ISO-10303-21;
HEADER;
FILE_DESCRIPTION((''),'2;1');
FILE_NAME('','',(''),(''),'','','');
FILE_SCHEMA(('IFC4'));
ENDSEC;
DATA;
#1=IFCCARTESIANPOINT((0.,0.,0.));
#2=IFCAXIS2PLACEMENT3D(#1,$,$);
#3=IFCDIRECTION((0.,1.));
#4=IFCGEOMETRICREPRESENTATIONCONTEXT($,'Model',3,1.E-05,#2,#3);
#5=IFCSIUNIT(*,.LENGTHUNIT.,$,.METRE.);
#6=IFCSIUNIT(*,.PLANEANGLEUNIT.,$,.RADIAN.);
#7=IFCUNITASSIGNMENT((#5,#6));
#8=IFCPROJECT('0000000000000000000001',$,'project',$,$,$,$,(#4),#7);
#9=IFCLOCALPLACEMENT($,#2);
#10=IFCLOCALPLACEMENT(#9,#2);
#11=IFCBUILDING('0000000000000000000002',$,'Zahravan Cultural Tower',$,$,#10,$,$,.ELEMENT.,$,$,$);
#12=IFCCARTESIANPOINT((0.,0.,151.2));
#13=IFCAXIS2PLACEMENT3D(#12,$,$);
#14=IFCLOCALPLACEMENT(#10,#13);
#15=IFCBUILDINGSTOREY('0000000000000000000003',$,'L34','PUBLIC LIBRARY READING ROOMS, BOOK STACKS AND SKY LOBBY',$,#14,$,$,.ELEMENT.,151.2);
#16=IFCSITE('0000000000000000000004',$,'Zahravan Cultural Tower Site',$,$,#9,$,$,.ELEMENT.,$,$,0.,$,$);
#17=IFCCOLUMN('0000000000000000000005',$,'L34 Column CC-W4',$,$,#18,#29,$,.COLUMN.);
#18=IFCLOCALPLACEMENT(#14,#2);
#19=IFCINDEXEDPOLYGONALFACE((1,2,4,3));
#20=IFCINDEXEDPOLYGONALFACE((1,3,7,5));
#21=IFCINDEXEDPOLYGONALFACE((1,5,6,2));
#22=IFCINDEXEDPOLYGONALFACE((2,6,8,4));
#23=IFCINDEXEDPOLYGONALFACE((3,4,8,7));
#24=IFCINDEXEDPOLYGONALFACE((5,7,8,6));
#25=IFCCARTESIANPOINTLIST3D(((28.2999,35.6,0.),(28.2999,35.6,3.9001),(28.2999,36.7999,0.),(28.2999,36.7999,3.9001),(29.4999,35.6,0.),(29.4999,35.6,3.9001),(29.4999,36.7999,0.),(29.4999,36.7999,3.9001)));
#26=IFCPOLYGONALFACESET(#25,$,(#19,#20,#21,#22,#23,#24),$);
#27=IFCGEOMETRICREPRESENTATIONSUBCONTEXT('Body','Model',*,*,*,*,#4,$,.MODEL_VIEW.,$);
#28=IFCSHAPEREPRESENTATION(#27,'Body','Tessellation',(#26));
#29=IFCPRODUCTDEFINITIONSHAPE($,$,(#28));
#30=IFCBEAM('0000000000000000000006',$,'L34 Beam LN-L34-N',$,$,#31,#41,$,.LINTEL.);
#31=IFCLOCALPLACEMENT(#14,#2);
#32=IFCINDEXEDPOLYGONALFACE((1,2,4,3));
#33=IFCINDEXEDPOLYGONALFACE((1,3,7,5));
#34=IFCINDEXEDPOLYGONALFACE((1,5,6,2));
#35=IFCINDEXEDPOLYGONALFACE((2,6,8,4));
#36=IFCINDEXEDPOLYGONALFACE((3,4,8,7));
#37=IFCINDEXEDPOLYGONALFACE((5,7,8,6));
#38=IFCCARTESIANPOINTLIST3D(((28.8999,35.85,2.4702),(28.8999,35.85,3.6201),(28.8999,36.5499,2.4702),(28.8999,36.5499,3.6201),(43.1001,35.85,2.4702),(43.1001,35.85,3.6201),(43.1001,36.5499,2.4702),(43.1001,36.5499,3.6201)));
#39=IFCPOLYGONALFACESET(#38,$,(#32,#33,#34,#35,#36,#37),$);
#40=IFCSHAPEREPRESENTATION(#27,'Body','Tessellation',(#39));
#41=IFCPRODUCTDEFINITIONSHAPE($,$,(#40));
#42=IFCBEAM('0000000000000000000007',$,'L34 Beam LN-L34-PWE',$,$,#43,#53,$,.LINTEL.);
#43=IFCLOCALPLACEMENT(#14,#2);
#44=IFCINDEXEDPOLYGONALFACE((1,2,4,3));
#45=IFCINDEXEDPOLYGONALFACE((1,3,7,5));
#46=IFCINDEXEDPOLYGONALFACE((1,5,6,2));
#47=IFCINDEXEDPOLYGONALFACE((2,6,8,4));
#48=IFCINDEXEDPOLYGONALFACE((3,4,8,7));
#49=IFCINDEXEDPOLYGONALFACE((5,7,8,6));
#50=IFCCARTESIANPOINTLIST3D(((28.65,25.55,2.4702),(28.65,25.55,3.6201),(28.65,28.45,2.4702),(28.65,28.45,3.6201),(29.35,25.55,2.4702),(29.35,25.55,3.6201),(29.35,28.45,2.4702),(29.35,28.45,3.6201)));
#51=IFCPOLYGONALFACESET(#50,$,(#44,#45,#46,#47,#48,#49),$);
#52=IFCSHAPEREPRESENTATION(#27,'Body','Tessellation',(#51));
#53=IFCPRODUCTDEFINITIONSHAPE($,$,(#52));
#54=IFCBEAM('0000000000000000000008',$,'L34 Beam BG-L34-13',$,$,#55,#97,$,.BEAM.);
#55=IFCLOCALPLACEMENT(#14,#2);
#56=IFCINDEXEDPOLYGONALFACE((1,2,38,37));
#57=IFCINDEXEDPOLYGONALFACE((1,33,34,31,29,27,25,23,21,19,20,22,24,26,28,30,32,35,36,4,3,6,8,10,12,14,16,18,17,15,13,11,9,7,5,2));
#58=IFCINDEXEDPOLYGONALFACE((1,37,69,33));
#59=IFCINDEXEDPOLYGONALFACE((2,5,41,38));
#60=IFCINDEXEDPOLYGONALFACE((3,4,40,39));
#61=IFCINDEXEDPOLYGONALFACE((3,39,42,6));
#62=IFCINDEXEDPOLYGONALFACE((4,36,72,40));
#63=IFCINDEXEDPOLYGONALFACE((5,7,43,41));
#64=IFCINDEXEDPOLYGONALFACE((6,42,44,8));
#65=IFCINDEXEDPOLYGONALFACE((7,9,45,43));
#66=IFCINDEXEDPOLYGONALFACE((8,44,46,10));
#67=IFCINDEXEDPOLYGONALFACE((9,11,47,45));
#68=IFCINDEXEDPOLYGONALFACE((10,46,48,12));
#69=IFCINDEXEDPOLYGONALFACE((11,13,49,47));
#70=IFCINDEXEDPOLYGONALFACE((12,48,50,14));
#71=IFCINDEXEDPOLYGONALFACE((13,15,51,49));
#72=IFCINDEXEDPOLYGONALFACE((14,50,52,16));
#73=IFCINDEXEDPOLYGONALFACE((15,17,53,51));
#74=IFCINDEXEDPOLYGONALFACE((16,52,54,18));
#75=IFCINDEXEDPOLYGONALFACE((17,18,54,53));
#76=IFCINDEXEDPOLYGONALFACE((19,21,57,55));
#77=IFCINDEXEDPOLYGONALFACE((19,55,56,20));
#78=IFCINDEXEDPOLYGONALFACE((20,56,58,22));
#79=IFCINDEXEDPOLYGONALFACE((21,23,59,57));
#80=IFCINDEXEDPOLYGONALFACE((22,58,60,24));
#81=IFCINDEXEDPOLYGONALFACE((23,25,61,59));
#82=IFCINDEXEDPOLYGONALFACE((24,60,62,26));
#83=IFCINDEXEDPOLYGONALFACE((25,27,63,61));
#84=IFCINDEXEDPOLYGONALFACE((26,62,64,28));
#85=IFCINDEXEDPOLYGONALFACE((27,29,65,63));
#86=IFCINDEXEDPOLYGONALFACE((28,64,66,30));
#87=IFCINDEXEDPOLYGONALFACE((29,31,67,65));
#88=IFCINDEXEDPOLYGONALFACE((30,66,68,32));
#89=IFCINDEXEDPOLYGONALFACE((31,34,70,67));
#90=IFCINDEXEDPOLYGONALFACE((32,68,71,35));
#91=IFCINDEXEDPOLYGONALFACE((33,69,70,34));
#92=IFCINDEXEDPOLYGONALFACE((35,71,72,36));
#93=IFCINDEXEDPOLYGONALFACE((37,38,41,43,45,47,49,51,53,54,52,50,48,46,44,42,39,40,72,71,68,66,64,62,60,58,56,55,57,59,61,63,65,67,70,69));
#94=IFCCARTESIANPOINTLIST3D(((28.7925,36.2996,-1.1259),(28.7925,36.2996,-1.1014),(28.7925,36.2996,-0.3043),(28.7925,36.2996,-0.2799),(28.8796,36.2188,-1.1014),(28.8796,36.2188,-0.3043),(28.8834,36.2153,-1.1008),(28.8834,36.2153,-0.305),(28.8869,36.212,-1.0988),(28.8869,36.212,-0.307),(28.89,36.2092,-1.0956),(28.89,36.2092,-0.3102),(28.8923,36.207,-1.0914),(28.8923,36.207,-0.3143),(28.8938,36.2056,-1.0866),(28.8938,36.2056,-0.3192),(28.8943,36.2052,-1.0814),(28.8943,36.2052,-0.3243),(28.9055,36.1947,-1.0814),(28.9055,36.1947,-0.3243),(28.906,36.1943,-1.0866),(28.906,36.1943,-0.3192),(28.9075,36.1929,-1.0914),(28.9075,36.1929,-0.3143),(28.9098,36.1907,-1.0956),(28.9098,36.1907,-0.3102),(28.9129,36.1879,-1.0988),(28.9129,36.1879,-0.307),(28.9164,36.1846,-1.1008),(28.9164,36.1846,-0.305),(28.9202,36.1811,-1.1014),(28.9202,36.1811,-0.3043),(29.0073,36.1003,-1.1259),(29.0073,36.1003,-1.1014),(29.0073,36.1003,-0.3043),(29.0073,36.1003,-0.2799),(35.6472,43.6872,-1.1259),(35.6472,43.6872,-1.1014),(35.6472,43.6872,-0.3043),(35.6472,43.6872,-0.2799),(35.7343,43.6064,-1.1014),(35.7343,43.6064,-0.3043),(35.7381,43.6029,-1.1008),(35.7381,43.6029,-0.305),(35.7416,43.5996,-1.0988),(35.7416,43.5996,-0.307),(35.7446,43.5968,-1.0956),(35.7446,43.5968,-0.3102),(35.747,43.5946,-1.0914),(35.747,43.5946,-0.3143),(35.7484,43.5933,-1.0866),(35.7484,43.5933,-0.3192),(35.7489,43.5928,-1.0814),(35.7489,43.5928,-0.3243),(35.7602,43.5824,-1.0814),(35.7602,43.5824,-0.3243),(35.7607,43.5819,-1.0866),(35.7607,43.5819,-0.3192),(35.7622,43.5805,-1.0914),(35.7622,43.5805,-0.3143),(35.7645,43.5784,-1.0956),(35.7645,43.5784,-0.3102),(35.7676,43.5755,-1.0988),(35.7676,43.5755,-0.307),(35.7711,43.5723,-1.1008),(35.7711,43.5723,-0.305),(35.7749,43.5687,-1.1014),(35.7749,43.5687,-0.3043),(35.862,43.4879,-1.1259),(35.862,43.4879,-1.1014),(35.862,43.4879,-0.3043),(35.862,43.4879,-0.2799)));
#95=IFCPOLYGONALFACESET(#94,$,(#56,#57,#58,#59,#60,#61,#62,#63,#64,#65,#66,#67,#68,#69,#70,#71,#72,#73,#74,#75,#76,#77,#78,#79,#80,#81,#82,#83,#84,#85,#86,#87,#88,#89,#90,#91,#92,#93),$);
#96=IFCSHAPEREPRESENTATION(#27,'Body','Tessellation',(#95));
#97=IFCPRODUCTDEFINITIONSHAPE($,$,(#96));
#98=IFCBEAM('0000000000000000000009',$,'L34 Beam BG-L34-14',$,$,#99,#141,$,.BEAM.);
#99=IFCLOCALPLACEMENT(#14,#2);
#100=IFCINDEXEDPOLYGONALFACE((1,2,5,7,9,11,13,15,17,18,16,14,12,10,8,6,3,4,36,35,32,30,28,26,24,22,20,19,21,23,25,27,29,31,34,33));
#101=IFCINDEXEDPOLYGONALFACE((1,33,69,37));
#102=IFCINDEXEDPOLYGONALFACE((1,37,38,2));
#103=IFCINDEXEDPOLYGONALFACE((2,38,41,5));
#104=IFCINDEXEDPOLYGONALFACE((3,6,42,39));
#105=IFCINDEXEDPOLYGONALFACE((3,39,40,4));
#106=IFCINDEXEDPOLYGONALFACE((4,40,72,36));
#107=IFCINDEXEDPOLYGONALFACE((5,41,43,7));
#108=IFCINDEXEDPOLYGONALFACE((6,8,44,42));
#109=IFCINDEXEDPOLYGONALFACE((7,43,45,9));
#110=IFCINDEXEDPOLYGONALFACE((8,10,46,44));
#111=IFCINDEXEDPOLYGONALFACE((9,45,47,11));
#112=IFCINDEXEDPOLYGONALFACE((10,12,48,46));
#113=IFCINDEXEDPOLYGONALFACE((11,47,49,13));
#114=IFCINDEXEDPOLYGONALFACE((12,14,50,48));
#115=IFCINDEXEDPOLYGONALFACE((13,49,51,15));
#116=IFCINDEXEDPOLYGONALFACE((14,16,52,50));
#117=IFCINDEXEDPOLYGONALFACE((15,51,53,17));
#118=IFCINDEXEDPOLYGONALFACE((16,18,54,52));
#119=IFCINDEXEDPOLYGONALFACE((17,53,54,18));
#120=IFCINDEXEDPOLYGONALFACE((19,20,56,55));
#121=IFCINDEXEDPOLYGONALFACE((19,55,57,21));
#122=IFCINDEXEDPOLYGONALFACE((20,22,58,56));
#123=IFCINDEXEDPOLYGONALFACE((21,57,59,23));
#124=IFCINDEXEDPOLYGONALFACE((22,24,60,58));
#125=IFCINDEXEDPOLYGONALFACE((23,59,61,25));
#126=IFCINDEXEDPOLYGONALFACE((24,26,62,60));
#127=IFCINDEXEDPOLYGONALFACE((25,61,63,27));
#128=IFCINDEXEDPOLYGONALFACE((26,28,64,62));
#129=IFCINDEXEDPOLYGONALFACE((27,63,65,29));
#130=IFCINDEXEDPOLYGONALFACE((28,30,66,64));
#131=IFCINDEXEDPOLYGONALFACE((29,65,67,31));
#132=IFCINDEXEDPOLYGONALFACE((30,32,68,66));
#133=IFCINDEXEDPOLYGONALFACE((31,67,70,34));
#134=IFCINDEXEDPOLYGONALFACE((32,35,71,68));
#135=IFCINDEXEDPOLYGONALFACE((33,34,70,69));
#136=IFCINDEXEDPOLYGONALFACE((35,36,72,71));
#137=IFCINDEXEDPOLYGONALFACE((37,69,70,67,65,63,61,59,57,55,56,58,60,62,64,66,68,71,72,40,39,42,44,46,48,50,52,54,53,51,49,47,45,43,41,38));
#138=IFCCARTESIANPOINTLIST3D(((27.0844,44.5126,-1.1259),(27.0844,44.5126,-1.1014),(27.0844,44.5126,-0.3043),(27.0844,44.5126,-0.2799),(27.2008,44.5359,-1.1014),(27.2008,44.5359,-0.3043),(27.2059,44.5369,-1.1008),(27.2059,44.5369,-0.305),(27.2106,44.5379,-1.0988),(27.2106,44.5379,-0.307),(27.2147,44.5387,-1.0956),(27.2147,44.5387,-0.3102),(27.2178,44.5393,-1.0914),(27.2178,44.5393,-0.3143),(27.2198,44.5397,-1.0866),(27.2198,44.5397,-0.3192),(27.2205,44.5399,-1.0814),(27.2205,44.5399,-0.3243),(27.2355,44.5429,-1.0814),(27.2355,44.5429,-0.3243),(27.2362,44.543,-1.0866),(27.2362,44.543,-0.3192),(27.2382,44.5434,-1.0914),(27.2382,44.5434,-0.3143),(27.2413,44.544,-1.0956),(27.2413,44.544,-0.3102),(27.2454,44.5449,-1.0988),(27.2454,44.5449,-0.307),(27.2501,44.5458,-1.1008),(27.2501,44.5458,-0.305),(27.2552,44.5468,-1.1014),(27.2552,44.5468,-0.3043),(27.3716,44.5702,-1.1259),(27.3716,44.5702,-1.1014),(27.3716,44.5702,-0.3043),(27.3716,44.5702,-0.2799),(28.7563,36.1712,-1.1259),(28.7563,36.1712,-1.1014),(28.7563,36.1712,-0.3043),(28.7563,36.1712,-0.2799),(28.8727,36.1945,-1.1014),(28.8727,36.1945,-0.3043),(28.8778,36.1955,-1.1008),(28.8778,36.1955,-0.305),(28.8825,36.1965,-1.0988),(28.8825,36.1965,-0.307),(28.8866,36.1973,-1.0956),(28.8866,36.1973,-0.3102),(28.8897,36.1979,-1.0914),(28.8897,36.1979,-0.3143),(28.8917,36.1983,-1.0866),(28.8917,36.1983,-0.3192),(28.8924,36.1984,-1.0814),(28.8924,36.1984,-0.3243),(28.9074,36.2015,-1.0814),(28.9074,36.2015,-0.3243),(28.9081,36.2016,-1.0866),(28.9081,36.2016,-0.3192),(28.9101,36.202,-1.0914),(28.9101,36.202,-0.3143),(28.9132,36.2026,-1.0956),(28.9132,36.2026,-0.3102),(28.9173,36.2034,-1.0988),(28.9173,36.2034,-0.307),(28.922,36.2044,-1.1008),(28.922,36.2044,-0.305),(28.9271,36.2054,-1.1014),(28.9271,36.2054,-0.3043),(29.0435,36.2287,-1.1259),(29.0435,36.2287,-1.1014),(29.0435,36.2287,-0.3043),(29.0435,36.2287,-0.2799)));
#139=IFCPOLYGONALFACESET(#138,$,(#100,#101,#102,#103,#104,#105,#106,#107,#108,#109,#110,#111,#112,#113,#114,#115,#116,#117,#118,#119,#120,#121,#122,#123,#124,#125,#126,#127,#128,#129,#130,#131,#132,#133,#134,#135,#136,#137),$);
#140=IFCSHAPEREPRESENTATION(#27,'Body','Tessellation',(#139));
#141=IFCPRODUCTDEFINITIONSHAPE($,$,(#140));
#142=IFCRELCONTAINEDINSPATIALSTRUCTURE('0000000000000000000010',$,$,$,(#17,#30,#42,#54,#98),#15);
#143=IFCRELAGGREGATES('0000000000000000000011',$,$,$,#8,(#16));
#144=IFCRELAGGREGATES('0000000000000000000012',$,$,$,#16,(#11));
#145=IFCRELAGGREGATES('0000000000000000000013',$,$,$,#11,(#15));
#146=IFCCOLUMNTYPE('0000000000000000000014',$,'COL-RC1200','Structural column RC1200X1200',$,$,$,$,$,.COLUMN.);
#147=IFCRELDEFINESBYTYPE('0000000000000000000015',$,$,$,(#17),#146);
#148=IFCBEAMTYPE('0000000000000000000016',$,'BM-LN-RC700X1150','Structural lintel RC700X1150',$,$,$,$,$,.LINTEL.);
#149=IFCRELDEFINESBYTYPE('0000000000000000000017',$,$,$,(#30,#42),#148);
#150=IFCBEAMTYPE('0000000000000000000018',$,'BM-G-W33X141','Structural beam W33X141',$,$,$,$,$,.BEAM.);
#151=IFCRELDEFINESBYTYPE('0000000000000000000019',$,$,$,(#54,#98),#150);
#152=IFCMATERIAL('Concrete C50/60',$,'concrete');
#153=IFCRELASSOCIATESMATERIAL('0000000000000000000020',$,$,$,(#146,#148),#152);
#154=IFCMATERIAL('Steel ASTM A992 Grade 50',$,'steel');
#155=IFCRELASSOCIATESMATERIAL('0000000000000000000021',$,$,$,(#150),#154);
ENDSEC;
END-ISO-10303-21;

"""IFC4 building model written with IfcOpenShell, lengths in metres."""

from ifc_helpers import new_model, si_unit, direction, frame, origin, origin_2d, place, context, subcontext, project, spatial, rectangle, i_section, extrude, source, transform, mapped, material, material_profile, profile_set, type_object, element, save


model = new_model("IFC4")

# Units and contexts
model_context = context("Model", 3, precision=1e-05, world=origin(), true_north=direction((0.0, 1.0)))
body_context = subcontext(model_context, "Body", "Model", "MODEL_VIEW")
ifc_project = project(units=[si_unit("LENGTHUNIT", "METRE"), si_unit("PLANEANGLEUNIT", "RADIAN")], contexts=[model_context])

# Site, building, storey
site_placement = place(None, origin())
site = spatial("IfcSite", under=ifc_project, at=site_placement, Name="Zahravan Cultural Tower Site", CompositionType="ELEMENT", RefElevation=0.0)
building_placement = place(site_placement, origin())
building = spatial("IfcBuilding", under=site, at=building_placement, Name="Zahravan Cultural Tower", CompositionType="ELEMENT")
storey_placement = place(building_placement, frame((0.0, 0.0, 151.2)))
storey = spatial("IfcBuildingStorey", under=building, at=storey_placement, Name="L34", Description="PUBLIC LIBRARY READING ROOMS, BOOK STACKS AND SKY LOBBY", CompositionType="ELEMENT", Elevation=151.2)

# Column
ifc_material_1 = material(Name="Concrete C50/60", Category="concrete")
ifc_material_profile_1 = material_profile(ifc_material_1, rectangle(XDim=1.2, YDim=1.2, at=origin_2d()), Name="RC1200X1200")
ifc_profile_set_1 = profile_set([ifc_material_profile_1], Name="Concrete C50/60")
column_type = type_object("IfcColumnType", Name="COL-RC1200", Description="Structural column RC1200X1200", PredefinedType="COLUMN", material=ifc_profile_set_1)
shared_shape_1 = source(origin(), body_context, "Body", "SweptSolid", [
    extrude(rectangle(XDim=1.2, YDim=1.2, at=origin_2d()), origin(), (0.0, 0.0, 1.0), 3.9001),
])
column_placement = place(storey_placement, frame((28.8999, 36.2, 0.0), z_axis=(0.0, 0.0, 1.0), x_axis=(1.0, 0.0, 0.0)))
element("IfcColumn", 1, at=column_placement, inside=storey, type_object=column_type, Name="L34 Column CC-W4", PredefinedType="COLUMN", context=body_context, shape_type="MappedRepresentation", body=[
    mapped(shared_shape_1, transform((0.0, 0.0, 0.0), x_axis=(1.0, 0.0, 0.0), y_axis=(0.0, 1.0, 0.0), z_axis=(0.0, 0.0, 1.0), scale=1.0)),
])

# Beams
ifc_material_profile_2 = material_profile(ifc_material_1, rectangle(XDim=0.7, YDim=1.1499, at=origin_2d()), Name="RC700X1150")
ifc_profile_set_2 = profile_set([ifc_material_profile_2], Name="Concrete C50/60")
beam_type_1 = type_object("IfcBeamType", Name="BM-LN-RC700X1150", Description="Structural lintel RC700X1150", PredefinedType="LINTEL", material=ifc_profile_set_2)
shared_shape_2 = source(origin(), body_context, "Body", "SweptSolid", [
    extrude(rectangle(XDim=0.7, YDim=1.1499, at=origin_2d()), origin(), (0.0, 0.0, 1.0), 14.2002),
])
beam_1_placement = place(storey_placement, frame((28.8999, 36.2, 3.0452), z_axis=(1.0, 0.0, 0.0), x_axis=(0.0, 1.0, 0.0)))
element("IfcBeam", 2, at=beam_1_placement, inside=storey, type_object=beam_type_1, Name="L34 Beam LN-L34-N", PredefinedType="LINTEL", context=body_context, shape_type="MappedRepresentation", body=[
    mapped(shared_shape_2, transform((0.0, 0.0, 0.0), x_axis=(1.0, 0.0, 0.0), y_axis=(0.0, 1.0, 0.0), z_axis=(0.0, 0.0, 1.0), scale=1.0)),
])
shared_shape_3 = source(origin(), body_context, "Body", "SweptSolid", [
    extrude(rectangle(XDim=0.7, YDim=1.1499, at=origin_2d()), origin(), (0.0, 0.0, 1.0), 2.8999),
])
beam_2_placement = place(storey_placement, frame((29.0, 25.55, 3.0452), z_axis=(0.0, 1.0, 0.0), x_axis=(-1.0, 0.0, 0.0)))
element("IfcBeam", 3, at=beam_2_placement, inside=storey, type_object=beam_type_1, Name="L34 Beam LN-L34-PWE", PredefinedType="LINTEL", context=body_context, shape_type="MappedRepresentation", body=[
    mapped(shared_shape_3, transform((0.0, 0.0, 0.0), x_axis=(1.0, 0.0, 0.0), y_axis=(0.0, 1.0, 0.0), z_axis=(0.0, 0.0, 1.0), scale=1.0)),
])
ifc_material_2 = material(Name="Steel ASTM A992 Grade 50", Category="steel")
ifc_material_profile_3 = material_profile(ifc_material_2, i_section(OverallWidth=0.293, OverallDepth=0.8459, WebThickness=0.0154, FlangeThickness=0.0244, FilletRadius=0.02, at=origin_2d()), Name="W33X141")
ifc_profile_set_3 = profile_set([ifc_material_profile_3], Name="Steel ASTM A992 Grade 50")
beam_type_2 = type_object("IfcBeamType", Name="BM-G-W33X141", Description="Structural beam W33X141", PredefinedType="BEAM", material=ifc_profile_set_3)
shared_shape_4 = source(origin(), body_context, "Body", "SweptSolid", [
    extrude(i_section(OverallWidth=0.293, OverallDepth=0.8459, WebThickness=0.0154, FlangeThickness=0.0244, FilletRadius=0.02, at=origin_2d()), origin(), (0.0, 0.0, 1.0), 10.0779),
])
beam_3_placement = place(storey_placement, frame((28.8999, 36.2, -0.7029), z_axis=(0.68017, 0.733054, 0.0), x_axis=(-0.733054, 0.68017, 0.0)))
element("IfcBeam", 4, at=beam_3_placement, inside=storey, type_object=beam_type_2, Name="L34 Beam BG-L34-13", PredefinedType="BEAM", context=body_context, shape_type="MappedRepresentation", body=[
    mapped(shared_shape_4, transform((0.0, 0.0, 0.0), x_axis=(1.0, 0.0, 0.0), y_axis=(0.0, 1.0, 0.0), z_axis=(0.0, 0.0, 1.0), scale=1.0)),
])
shared_shape_5 = source(origin(), body_context, "Body", "SweptSolid", [
    extrude(i_section(OverallWidth=0.293, OverallDepth=0.8459, WebThickness=0.0154, FlangeThickness=0.0244, FilletRadius=0.02, at=origin_2d()), origin(), (0.0, 0.0, 1.0), 8.5073),
])
beam_4_placement = place(storey_placement, frame((28.8999, 36.2, -0.7029), z_axis=(-0.196525, 0.980499, 0.0), x_axis=(-0.980499, -0.196525, 0.0)))
element("IfcBeam", 5, at=beam_4_placement, inside=storey, type_object=beam_type_2, Name="L34 Beam BG-L34-14", PredefinedType="BEAM", context=body_context, shape_type="MappedRepresentation", body=[
    mapped(shared_shape_5, transform((0.0, 0.0, 0.0), x_axis=(1.0, 0.0, 0.0), y_axis=(0.0, 1.0, 0.0), z_axis=(0.0, 0.0, 1.0), scale=1.0)),
])

save(model, "model.ifc")
